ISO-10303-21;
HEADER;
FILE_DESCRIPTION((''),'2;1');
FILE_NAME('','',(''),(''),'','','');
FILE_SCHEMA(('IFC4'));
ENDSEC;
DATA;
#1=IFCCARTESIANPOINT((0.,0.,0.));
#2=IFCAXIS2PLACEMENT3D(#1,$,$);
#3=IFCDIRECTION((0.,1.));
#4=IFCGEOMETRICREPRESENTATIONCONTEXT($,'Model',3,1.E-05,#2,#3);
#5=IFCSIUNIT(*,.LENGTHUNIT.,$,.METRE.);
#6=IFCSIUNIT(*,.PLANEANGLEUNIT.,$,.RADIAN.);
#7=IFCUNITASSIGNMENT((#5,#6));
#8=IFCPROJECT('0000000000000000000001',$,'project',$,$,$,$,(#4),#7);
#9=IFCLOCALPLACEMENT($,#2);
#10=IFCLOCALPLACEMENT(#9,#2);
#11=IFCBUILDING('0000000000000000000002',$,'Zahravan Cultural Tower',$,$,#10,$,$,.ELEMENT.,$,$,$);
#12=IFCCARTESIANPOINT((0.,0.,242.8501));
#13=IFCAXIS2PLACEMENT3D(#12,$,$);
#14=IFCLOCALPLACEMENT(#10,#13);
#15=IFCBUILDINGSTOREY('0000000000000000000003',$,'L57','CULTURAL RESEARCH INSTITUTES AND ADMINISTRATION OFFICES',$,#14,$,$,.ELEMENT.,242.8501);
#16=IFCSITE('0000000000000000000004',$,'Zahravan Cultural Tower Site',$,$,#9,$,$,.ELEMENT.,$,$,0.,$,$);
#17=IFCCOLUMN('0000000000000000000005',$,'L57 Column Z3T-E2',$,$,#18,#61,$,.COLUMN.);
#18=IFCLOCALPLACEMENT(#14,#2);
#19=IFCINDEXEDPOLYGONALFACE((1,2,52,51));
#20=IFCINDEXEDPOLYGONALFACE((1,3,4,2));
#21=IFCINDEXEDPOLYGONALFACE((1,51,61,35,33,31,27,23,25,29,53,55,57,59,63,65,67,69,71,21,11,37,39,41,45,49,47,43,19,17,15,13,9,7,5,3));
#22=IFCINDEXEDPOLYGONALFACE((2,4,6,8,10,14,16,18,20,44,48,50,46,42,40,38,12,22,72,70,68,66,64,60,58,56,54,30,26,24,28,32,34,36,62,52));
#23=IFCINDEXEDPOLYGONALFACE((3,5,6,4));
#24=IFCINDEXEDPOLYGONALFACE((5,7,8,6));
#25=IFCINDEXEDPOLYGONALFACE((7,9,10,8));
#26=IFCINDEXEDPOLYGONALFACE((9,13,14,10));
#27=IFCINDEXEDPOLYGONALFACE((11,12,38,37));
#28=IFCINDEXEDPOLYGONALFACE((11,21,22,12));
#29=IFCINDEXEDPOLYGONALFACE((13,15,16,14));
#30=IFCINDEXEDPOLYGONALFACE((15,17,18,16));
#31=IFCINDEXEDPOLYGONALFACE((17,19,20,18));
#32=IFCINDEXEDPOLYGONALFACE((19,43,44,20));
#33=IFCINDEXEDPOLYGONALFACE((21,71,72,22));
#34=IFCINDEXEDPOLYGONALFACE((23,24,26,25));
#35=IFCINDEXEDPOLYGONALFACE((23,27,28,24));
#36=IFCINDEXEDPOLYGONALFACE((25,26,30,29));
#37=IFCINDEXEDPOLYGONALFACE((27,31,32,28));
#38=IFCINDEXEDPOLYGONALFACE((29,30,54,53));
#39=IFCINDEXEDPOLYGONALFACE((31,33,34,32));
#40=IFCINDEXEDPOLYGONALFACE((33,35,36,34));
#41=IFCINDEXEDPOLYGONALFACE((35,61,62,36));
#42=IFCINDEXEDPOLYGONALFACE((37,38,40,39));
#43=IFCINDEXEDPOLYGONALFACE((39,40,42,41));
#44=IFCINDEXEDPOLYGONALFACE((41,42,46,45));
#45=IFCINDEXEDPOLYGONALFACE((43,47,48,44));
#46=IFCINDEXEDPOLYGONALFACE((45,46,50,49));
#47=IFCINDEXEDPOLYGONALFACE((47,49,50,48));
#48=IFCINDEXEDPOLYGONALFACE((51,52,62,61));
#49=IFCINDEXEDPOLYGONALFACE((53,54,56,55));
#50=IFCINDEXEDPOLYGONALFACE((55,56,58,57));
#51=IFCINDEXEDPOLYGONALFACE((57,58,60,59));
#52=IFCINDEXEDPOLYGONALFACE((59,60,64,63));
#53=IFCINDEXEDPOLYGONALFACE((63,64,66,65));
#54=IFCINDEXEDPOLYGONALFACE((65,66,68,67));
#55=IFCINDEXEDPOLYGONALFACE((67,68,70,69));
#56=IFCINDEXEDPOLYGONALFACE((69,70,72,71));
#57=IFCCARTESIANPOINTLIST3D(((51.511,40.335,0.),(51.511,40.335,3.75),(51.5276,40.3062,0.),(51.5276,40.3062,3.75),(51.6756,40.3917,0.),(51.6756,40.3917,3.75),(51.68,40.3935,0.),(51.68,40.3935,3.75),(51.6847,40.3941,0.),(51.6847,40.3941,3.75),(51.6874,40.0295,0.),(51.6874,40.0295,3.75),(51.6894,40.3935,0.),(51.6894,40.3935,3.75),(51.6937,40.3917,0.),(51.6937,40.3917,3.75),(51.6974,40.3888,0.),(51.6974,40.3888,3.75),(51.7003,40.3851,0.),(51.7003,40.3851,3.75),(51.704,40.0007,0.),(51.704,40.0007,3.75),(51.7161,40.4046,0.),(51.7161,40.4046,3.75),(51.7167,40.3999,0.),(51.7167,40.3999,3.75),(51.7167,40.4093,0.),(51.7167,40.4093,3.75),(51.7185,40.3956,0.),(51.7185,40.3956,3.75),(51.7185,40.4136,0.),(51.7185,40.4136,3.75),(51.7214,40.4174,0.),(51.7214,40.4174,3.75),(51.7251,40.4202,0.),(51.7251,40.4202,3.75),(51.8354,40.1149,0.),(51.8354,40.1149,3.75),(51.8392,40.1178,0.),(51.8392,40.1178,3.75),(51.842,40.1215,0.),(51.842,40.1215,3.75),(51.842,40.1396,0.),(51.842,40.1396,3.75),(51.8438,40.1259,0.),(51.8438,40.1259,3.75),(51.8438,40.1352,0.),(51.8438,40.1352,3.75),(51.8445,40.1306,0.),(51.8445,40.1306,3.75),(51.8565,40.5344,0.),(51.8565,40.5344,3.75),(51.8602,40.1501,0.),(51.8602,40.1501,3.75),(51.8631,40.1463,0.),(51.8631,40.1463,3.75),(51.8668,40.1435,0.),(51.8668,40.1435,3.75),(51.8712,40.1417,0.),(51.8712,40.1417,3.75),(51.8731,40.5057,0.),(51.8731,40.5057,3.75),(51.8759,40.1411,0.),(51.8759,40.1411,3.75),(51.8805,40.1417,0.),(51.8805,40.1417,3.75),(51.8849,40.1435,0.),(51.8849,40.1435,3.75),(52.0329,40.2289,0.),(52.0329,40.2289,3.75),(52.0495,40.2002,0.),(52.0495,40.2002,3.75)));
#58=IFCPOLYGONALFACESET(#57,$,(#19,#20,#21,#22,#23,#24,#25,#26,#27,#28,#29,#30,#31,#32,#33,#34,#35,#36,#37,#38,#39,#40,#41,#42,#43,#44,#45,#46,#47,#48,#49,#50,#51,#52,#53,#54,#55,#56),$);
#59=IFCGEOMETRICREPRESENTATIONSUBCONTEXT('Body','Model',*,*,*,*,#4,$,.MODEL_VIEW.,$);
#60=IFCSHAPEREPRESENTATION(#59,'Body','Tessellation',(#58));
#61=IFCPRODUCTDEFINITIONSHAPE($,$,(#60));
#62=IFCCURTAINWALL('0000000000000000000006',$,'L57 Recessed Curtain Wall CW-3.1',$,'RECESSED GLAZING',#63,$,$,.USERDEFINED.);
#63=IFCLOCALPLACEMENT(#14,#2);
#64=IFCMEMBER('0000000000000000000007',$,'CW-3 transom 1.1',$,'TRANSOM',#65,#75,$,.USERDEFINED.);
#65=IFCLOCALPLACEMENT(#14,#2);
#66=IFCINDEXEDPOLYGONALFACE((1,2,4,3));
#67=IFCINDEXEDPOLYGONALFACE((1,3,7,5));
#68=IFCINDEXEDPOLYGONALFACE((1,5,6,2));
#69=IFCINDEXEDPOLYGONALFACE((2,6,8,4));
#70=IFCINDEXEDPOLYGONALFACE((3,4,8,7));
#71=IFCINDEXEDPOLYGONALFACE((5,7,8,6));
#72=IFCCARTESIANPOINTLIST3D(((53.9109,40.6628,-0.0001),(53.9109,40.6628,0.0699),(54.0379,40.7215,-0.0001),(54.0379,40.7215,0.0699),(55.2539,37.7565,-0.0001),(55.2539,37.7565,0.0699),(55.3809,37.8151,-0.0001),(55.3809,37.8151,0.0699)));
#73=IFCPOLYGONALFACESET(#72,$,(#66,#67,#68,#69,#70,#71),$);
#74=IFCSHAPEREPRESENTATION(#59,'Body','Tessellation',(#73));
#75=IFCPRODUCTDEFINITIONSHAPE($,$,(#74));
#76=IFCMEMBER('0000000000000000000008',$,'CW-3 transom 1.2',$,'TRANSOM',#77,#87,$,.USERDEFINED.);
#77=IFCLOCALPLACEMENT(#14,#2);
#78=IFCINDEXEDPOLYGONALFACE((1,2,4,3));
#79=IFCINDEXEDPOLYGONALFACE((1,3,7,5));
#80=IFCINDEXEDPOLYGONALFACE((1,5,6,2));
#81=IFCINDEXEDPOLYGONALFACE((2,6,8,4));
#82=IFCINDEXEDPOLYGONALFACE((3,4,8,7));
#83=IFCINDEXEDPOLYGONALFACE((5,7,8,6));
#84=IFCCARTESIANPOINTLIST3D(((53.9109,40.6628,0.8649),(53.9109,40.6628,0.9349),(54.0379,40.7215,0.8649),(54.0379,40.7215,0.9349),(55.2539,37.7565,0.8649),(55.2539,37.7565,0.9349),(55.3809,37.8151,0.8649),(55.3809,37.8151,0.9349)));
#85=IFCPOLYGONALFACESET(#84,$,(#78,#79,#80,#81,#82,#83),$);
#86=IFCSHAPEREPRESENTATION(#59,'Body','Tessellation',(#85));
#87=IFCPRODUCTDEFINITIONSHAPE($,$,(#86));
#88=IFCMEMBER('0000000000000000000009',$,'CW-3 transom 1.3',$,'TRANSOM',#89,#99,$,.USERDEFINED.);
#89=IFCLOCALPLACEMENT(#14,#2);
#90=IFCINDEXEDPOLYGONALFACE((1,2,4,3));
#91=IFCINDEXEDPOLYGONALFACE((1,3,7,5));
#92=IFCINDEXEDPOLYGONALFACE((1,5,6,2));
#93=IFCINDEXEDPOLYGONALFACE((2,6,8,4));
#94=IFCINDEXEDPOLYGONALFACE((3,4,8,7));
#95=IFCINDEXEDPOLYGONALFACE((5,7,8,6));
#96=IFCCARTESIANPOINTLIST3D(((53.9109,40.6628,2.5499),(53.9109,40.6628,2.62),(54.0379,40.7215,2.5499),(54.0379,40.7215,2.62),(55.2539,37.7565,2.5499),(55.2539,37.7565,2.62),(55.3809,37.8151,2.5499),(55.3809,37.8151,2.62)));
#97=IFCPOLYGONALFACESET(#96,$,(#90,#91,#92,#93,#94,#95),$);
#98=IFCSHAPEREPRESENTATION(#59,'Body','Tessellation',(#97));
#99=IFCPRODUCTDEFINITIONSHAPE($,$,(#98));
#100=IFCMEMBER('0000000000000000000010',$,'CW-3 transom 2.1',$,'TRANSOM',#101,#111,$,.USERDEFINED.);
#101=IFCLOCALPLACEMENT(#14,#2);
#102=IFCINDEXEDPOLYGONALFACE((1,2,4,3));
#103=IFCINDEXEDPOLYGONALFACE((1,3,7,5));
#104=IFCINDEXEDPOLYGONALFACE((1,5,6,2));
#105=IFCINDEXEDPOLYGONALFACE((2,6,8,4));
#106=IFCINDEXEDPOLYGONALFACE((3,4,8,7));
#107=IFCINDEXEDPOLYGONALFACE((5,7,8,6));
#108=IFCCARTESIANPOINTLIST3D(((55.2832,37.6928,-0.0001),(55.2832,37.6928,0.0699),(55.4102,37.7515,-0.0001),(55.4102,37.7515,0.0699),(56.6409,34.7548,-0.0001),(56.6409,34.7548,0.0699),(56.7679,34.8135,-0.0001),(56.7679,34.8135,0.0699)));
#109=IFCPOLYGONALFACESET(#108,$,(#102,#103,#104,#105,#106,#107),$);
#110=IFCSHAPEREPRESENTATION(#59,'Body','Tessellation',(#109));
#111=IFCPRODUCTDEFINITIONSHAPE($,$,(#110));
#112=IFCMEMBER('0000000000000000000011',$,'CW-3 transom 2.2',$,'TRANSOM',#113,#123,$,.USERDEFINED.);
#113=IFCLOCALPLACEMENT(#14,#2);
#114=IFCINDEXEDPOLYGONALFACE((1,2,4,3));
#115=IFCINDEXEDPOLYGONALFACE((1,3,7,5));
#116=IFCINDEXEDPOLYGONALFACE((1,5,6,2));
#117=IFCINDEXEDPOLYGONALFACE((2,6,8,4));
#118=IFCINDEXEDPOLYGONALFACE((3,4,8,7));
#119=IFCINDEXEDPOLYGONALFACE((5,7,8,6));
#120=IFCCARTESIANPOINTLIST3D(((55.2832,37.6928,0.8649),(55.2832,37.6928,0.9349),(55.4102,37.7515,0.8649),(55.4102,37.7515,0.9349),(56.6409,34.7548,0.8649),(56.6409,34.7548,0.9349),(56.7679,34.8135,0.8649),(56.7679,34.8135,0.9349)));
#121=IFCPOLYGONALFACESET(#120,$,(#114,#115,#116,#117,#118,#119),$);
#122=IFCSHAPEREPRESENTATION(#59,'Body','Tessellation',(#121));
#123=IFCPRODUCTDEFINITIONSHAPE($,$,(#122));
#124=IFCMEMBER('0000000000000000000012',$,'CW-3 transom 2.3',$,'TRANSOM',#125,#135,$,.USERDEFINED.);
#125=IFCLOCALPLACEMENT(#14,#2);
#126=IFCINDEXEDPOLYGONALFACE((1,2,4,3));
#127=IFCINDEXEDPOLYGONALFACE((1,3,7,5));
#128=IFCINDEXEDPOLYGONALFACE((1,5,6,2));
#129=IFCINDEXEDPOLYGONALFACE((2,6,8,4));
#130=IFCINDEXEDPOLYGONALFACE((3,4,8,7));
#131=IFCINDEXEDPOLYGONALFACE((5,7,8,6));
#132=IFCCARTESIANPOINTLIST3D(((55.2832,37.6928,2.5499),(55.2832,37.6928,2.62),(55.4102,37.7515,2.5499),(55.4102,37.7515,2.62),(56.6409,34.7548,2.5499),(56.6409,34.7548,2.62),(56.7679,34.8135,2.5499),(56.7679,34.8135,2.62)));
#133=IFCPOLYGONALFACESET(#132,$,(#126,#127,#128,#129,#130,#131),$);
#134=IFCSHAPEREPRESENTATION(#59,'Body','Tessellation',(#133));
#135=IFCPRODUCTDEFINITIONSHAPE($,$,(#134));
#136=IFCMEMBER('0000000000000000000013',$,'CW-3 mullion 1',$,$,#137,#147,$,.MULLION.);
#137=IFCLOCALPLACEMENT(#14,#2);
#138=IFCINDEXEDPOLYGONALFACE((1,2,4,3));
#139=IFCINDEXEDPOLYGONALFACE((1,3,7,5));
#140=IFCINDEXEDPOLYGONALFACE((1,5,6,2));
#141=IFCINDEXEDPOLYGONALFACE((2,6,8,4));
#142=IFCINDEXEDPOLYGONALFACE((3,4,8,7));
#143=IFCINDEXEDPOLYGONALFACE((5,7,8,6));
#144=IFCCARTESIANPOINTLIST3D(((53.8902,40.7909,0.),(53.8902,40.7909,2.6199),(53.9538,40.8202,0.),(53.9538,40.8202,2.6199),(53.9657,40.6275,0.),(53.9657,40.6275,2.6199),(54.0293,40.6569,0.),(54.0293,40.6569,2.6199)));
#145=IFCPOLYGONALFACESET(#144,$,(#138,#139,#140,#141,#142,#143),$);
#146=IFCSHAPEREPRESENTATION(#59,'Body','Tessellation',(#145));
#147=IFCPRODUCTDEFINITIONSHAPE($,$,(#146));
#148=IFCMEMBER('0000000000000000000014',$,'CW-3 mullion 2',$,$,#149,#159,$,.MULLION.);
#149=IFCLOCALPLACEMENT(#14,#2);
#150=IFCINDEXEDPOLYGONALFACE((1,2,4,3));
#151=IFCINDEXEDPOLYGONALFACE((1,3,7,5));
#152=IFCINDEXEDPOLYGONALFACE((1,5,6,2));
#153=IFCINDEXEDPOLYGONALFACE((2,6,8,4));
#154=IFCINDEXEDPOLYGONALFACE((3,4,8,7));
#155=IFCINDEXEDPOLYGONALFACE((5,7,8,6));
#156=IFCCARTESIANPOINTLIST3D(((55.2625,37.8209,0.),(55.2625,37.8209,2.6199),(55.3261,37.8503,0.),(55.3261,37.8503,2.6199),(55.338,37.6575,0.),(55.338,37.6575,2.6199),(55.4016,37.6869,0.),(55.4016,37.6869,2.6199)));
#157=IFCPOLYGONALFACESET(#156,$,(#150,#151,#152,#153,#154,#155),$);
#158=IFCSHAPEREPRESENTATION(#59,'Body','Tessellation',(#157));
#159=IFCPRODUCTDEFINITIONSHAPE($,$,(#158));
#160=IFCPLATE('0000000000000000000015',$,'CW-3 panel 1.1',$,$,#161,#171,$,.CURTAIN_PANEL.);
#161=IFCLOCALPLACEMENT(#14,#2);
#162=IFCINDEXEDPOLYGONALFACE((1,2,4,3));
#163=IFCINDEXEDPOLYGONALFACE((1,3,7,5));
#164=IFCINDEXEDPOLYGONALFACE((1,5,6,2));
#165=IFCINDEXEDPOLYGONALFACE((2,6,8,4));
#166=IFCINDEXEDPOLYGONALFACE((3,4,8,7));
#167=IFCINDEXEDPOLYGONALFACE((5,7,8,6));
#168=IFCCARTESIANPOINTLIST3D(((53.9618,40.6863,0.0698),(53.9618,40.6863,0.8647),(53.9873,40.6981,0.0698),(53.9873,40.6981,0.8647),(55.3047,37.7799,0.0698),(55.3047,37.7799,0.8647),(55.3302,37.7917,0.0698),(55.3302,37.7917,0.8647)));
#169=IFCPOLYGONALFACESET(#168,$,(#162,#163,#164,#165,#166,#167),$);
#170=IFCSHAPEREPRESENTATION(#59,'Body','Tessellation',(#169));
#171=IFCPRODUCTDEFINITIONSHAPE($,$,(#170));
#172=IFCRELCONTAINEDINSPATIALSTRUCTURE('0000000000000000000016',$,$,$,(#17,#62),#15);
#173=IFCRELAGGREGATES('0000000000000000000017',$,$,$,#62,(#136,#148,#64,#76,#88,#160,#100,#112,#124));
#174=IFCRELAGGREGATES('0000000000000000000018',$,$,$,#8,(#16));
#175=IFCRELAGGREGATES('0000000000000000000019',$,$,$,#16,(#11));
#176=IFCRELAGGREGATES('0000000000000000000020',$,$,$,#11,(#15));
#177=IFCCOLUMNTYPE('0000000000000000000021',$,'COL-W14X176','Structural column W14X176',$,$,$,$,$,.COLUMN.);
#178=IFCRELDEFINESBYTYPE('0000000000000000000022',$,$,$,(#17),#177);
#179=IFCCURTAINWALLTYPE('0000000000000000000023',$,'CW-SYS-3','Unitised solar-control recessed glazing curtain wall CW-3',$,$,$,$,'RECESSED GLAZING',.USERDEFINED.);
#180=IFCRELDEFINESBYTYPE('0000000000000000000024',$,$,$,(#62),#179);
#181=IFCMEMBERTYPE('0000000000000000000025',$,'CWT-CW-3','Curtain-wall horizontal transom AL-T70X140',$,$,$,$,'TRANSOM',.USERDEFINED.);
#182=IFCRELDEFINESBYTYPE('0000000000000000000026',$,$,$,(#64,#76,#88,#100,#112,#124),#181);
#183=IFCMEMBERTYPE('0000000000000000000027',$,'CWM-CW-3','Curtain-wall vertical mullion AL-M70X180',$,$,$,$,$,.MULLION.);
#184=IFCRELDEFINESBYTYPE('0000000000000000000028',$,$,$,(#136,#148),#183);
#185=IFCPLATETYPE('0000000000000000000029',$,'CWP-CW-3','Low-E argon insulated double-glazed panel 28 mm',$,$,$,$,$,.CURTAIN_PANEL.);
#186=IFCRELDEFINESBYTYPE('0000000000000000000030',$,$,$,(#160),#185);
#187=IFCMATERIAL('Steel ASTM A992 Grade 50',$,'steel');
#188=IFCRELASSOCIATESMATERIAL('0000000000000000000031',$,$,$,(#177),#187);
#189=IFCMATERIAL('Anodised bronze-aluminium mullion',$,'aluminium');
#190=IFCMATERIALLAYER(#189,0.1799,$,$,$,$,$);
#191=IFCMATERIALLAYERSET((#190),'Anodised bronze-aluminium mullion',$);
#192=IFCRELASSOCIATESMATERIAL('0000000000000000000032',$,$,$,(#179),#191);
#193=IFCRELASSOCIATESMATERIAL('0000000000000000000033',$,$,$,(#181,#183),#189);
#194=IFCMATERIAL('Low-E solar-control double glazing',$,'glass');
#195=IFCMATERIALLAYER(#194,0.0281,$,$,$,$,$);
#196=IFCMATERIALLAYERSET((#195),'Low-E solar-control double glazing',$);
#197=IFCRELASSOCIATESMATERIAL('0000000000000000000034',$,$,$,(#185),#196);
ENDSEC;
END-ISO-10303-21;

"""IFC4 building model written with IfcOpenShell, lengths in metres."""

from ifc_helpers import new_model, si_unit, direction, frame, origin, origin_2d, place, context, subcontext, project, spatial, rectangle, i_section, extrude, source, transform, mapped, material, layer, layer_set, material_profile, profile_set, type_object, element, aggregate, save


model = new_model("IFC4")

# Units and contexts
model_context = context("Model", 3, precision=1e-05, world=origin(), true_north=direction((0.0, 1.0)))
body_context = subcontext(model_context, "Body", "Model", "MODEL_VIEW")
ifc_project = project(units=[si_unit("LENGTHUNIT", "METRE"), si_unit("PLANEANGLEUNIT", "RADIAN")], contexts=[model_context])

# Site, building, storey
site_placement = place(None, origin())
site = spatial("IfcSite", under=ifc_project, at=site_placement, Name="Zahravan Cultural Tower Site", CompositionType="ELEMENT", RefElevation=0.0)
building_placement = place(site_placement, origin())
building = spatial("IfcBuilding", under=site, at=building_placement, Name="Zahravan Cultural Tower", CompositionType="ELEMENT")
storey_placement = place(building_placement, frame((0.0, 0.0, 242.8501)))
storey = spatial("IfcBuildingStorey", under=building, at=storey_placement, Name="L57", Description="CULTURAL RESEARCH INSTITUTES AND ADMINISTRATION OFFICES", CompositionType="ELEMENT", Elevation=242.8501)

# Column
ifc_material_1 = material(Name="Steel ASTM A992 Grade 50", Category="steel")
ifc_material_profile_1 = material_profile(ifc_material_1, i_section(OverallWidth=0.3989, OverallDepth=0.386, WebThickness=0.021, FlangeThickness=0.0332, FilletRadius=0.0181, at=origin_2d()), Name="W14X176")
ifc_profile_set_1 = profile_set([ifc_material_profile_1], Name="Steel ASTM A992 Grade 50")
column_type = type_object("IfcColumnType", Name="COL-W14X176", Description="Structural column W14X176", PredefinedType="COLUMN", material=ifc_profile_set_1)
shared_shape_1 = source(origin(), body_context, "Body", "SweptSolid", [
    extrude(i_section(OverallWidth=0.3989, OverallDepth=0.386, WebThickness=0.021, FlangeThickness=0.0332, FilletRadius=0.0181, at=origin_2d()), origin(), (0.0, 0.0, 1.0), 3.75),
])
column_placement = place(storey_placement, frame((51.7803, 40.2676, 0.0), z_axis=(0.0, 0.0, 1.0), x_axis=(0.866025, 0.5, 0.0)))
element("IfcColumn", 1, at=column_placement, inside=storey, type_object=column_type, Name="L57 Column Z3T-E2", PredefinedType="COLUMN", context=body_context, shape_type="MappedRepresentation", body=[
    mapped(shared_shape_1, transform((0.0, 0.0, 0.0), x_axis=(1.0, 0.0, 0.0), y_axis=(0.0, 1.0, 0.0), z_axis=(0.0, 0.0, 1.0), scale=1.0)),
])

# Curtain wall, members, plate
ifc_material_2 = material(Name="Anodised bronze-aluminium mullion", Category="aluminium")
ifc_layer_1 = layer(ifc_material_2, 0.1799)
ifc_layer_set_1 = layer_set([ifc_layer_1], Name="Anodised bronze-aluminium mullion")
curtain_wall_type = type_object("IfcCurtainWallType", Name="CW-SYS-3", Description="Unitised solar-control recessed glazing curtain wall CW-3", ElementType="RECESSED GLAZING", PredefinedType="USERDEFINED", material=ifc_layer_set_1)
curtain_wall_placement = place(storey_placement, origin())
curtain_wall = element("IfcCurtainWall", 2, at=curtain_wall_placement, inside=storey, type_object=curtain_wall_type, Name="L57 Recessed Curtain Wall CW-3.1", ObjectType="RECESSED GLAZING", PredefinedType="USERDEFINED")
ifc_material_profile_2 = material_profile(ifc_material_2, rectangle(XDim=0.1399, YDim=0.0701, at=origin_2d()), Name="AL-T70X140")
ifc_profile_set_2 = profile_set([ifc_material_profile_2], Name="Anodised bronze-aluminium mullion")
member_type_1 = type_object("IfcMemberType", Name="CWT-CW-3", Description="Curtain-wall horizontal transom AL-T70X140", ElementType="TRANSOM", PredefinedType="USERDEFINED", material=ifc_profile_set_2)
shared_shape_2 = source(origin(), body_context, "Body", "SweptSolid", [
    extrude(rectangle(XDim=0.1399, YDim=0.0701, at=origin_2d()), origin(), (0.0, 0.0, 1.0), 3.2017),
])
member_1_placement = place(storey_placement, frame((53.9744, 40.6921, 0.0349), z_axis=(0.419489, -0.907761, 0.0), x_axis=(0.907761, 0.419489, 0.0)))
member_1 = element("IfcMember", 3, at=member_1_placement, type_object=member_type_1, Name="CW-3 transom 1.1", ObjectType="TRANSOM", PredefinedType="USERDEFINED", context=body_context, shape_type="MappedRepresentation", body=[
    mapped(shared_shape_2, transform((0.0, 0.0, 0.0), x_axis=(1.0, 0.0, 0.0), y_axis=(0.0, 1.0, 0.0), z_axis=(0.0, 0.0, 1.0), scale=1.0)),
])
member_2_placement = place(storey_placement, frame((53.9744, 40.6921, 0.8999), z_axis=(0.419489, -0.907761, 0.0), x_axis=(0.907761, 0.419489, 0.0)))
member_2 = element("IfcMember", 4, at=member_2_placement, type_object=member_type_1, Name="CW-3 transom 1.2", ObjectType="TRANSOM", PredefinedType="USERDEFINED", context=body_context, shape_type="MappedRepresentation", body=[
    mapped(shared_shape_2, transform((0.0, 0.0, 0.0), x_axis=(1.0, 0.0, 0.0), y_axis=(0.0, 1.0, 0.0), z_axis=(0.0, 0.0, 1.0), scale=1.0)),
])
member_3_placement = place(storey_placement, frame((53.9744, 40.6921, 2.585), z_axis=(0.419489, -0.907761, 0.0), x_axis=(0.907761, 0.419489, 0.0)))
member_3 = element("IfcMember", 5, at=member_3_placement, type_object=member_type_1, Name="CW-3 transom 1.3", ObjectType="TRANSOM", PredefinedType="USERDEFINED", context=body_context, shape_type="MappedRepresentation", body=[
    mapped(shared_shape_2, transform((0.0, 0.0, 0.0), x_axis=(1.0, 0.0, 0.0), y_axis=(0.0, 1.0, 0.0), z_axis=(0.0, 0.0, 1.0), scale=1.0)),
])
shared_shape_3 = source(origin(), body_context, "Body", "SweptSolid", [
    extrude(rectangle(XDim=0.1399, YDim=0.0701, at=origin_2d()), origin(), (0.0, 0.0, 1.0), 3.2366),
])
member_4_placement = place(storey_placement, frame((55.3467, 37.7222, 0.0349), z_axis=(0.419484, -0.907763, 0.0), x_axis=(0.907763, 0.419484, 0.0)))
member_4 = element("IfcMember", 6, at=member_4_placement, type_object=member_type_1, Name="CW-3 transom 2.1", ObjectType="TRANSOM", PredefinedType="USERDEFINED", context=body_context, shape_type="MappedRepresentation", body=[
    mapped(shared_shape_3, transform((0.0, 0.0, 0.0), x_axis=(1.0, 0.0, 0.0), y_axis=(0.0, 1.0, 0.0), z_axis=(0.0, 0.0, 1.0), scale=1.0)),
])
member_5_placement = place(storey_placement, frame((55.3467, 37.7222, 0.8999), z_axis=(0.419484, -0.907763, 0.0), x_axis=(0.907763, 0.419484, 0.0)))
member_5 = element("IfcMember", 7, at=member_5_placement, type_object=member_type_1, Name="CW-3 transom 2.2", ObjectType="TRANSOM", PredefinedType="USERDEFINED", context=body_context, shape_type="MappedRepresentation", body=[
    mapped(shared_shape_3, transform((0.0, 0.0, 0.0), x_axis=(1.0, 0.0, 0.0), y_axis=(0.0, 1.0, 0.0), z_axis=(0.0, 0.0, 1.0), scale=1.0)),
])
member_6_placement = place(storey_placement, frame((55.3467, 37.7222, 2.585), z_axis=(0.419484, -0.907763, 0.0), x_axis=(0.907763, 0.419484, 0.0)))
member_6 = element("IfcMember", 8, at=member_6_placement, type_object=member_type_1, Name="CW-3 transom 2.3", ObjectType="TRANSOM", PredefinedType="USERDEFINED", context=body_context, shape_type="MappedRepresentation", body=[
    mapped(shared_shape_3, transform((0.0, 0.0, 0.0), x_axis=(1.0, 0.0, 0.0), y_axis=(0.0, 1.0, 0.0), z_axis=(0.0, 0.0, 1.0), scale=1.0)),
])
ifc_material_profile_3 = material_profile(ifc_material_2, rectangle(XDim=0.0701, YDim=0.1799, at=origin_2d()), Name="AL-M70X180")
ifc_profile_set_3 = profile_set([ifc_material_profile_3], Name="Anodised bronze-aluminium mullion")
member_type_2 = type_object("IfcMemberType", Name="CWM-CW-3", Description="Curtain-wall vertical mullion AL-M70X180", PredefinedType="MULLION", material=ifc_profile_set_3)
shared_shape_4 = source(origin(), body_context, "Body", "SweptSolid", [
    extrude(rectangle(XDim=0.0701, YDim=0.1799, at=origin_2d()), origin(), (0.0, 0.0, 1.0), 2.6199),
])
member_7_placement = place(storey_placement, frame((53.9597, 40.7239, 0.0), z_axis=(0.0, 0.0, 1.0), x_axis=(0.907775, 0.419457, 0.0)))
member_7 = element("IfcMember", 9, at=member_7_placement, type_object=member_type_2, Name="CW-3 mullion 1", PredefinedType="MULLION", context=body_context, shape_type="MappedRepresentation", body=[
    mapped(shared_shape_4, transform((0.0, 0.0, 0.0), x_axis=(1.0, 0.0, 0.0), y_axis=(0.0, 1.0, 0.0), z_axis=(0.0, 0.0, 1.0), scale=1.0)),
])
member_8_placement = place(storey_placement, frame((55.332, 37.7539, 0.0), z_axis=(0.0, 0.0, 1.0), x_axis=(0.907775, 0.419457, 0.0)))
member_8 = element("IfcMember", 10, at=member_8_placement, type_object=member_type_2, Name="CW-3 mullion 2", PredefinedType="MULLION", context=body_context, shape_type="MappedRepresentation", body=[
    mapped(shared_shape_4, transform((0.0, 0.0, 0.0), x_axis=(1.0, 0.0, 0.0), y_axis=(0.0, 1.0, 0.0), z_axis=(0.0, 0.0, 1.0), scale=1.0)),
])
ifc_material_3 = material(Name="Low-E solar-control double glazing", Category="glass")
ifc_layer_2 = layer(ifc_material_3, 0.0281)
ifc_layer_set_2 = layer_set([ifc_layer_2], Name="Low-E solar-control double glazing")
plate_type = type_object("IfcPlateType", Name="CWP-CW-3", Description="Low-E argon insulated double-glazed panel 28 mm", PredefinedType="CURTAIN_PANEL", material=ifc_layer_set_2)
shared_shape_5 = source(origin(), body_context, "Body", "SweptSolid", [
    extrude(rectangle(XDim=3.2017, YDim=0.0281, at=origin_2d()), origin(), (0.0, 0.0, 1.0), 0.7949),
])
plate_1_placement = place(storey_placement, frame((54.646, 39.239, 0.0698), z_axis=(0.0, 0.0, 1.0), x_axis=(0.419457, -0.907775, 0.0)))
plate_1 = element("IfcPlate", 11, at=plate_1_placement, type_object=plate_type, Name="CW-3 panel 1.1", PredefinedType="CURTAIN_PANEL", context=body_context, shape_type="MappedRepresentation", body=[
    mapped(shared_shape_5, transform((0.0, 0.0, 0.0), x_axis=(1.0, 0.0, 0.0), y_axis=(0.0, 1.0, 0.0), z_axis=(0.0, 0.0, 1.0), scale=1.0)),
])
aggregate(curtain_wall, [member_7, member_8, member_1, member_2, member_3, plate_1, member_4, member_5, member_6])

save(model, "model.ifc")
